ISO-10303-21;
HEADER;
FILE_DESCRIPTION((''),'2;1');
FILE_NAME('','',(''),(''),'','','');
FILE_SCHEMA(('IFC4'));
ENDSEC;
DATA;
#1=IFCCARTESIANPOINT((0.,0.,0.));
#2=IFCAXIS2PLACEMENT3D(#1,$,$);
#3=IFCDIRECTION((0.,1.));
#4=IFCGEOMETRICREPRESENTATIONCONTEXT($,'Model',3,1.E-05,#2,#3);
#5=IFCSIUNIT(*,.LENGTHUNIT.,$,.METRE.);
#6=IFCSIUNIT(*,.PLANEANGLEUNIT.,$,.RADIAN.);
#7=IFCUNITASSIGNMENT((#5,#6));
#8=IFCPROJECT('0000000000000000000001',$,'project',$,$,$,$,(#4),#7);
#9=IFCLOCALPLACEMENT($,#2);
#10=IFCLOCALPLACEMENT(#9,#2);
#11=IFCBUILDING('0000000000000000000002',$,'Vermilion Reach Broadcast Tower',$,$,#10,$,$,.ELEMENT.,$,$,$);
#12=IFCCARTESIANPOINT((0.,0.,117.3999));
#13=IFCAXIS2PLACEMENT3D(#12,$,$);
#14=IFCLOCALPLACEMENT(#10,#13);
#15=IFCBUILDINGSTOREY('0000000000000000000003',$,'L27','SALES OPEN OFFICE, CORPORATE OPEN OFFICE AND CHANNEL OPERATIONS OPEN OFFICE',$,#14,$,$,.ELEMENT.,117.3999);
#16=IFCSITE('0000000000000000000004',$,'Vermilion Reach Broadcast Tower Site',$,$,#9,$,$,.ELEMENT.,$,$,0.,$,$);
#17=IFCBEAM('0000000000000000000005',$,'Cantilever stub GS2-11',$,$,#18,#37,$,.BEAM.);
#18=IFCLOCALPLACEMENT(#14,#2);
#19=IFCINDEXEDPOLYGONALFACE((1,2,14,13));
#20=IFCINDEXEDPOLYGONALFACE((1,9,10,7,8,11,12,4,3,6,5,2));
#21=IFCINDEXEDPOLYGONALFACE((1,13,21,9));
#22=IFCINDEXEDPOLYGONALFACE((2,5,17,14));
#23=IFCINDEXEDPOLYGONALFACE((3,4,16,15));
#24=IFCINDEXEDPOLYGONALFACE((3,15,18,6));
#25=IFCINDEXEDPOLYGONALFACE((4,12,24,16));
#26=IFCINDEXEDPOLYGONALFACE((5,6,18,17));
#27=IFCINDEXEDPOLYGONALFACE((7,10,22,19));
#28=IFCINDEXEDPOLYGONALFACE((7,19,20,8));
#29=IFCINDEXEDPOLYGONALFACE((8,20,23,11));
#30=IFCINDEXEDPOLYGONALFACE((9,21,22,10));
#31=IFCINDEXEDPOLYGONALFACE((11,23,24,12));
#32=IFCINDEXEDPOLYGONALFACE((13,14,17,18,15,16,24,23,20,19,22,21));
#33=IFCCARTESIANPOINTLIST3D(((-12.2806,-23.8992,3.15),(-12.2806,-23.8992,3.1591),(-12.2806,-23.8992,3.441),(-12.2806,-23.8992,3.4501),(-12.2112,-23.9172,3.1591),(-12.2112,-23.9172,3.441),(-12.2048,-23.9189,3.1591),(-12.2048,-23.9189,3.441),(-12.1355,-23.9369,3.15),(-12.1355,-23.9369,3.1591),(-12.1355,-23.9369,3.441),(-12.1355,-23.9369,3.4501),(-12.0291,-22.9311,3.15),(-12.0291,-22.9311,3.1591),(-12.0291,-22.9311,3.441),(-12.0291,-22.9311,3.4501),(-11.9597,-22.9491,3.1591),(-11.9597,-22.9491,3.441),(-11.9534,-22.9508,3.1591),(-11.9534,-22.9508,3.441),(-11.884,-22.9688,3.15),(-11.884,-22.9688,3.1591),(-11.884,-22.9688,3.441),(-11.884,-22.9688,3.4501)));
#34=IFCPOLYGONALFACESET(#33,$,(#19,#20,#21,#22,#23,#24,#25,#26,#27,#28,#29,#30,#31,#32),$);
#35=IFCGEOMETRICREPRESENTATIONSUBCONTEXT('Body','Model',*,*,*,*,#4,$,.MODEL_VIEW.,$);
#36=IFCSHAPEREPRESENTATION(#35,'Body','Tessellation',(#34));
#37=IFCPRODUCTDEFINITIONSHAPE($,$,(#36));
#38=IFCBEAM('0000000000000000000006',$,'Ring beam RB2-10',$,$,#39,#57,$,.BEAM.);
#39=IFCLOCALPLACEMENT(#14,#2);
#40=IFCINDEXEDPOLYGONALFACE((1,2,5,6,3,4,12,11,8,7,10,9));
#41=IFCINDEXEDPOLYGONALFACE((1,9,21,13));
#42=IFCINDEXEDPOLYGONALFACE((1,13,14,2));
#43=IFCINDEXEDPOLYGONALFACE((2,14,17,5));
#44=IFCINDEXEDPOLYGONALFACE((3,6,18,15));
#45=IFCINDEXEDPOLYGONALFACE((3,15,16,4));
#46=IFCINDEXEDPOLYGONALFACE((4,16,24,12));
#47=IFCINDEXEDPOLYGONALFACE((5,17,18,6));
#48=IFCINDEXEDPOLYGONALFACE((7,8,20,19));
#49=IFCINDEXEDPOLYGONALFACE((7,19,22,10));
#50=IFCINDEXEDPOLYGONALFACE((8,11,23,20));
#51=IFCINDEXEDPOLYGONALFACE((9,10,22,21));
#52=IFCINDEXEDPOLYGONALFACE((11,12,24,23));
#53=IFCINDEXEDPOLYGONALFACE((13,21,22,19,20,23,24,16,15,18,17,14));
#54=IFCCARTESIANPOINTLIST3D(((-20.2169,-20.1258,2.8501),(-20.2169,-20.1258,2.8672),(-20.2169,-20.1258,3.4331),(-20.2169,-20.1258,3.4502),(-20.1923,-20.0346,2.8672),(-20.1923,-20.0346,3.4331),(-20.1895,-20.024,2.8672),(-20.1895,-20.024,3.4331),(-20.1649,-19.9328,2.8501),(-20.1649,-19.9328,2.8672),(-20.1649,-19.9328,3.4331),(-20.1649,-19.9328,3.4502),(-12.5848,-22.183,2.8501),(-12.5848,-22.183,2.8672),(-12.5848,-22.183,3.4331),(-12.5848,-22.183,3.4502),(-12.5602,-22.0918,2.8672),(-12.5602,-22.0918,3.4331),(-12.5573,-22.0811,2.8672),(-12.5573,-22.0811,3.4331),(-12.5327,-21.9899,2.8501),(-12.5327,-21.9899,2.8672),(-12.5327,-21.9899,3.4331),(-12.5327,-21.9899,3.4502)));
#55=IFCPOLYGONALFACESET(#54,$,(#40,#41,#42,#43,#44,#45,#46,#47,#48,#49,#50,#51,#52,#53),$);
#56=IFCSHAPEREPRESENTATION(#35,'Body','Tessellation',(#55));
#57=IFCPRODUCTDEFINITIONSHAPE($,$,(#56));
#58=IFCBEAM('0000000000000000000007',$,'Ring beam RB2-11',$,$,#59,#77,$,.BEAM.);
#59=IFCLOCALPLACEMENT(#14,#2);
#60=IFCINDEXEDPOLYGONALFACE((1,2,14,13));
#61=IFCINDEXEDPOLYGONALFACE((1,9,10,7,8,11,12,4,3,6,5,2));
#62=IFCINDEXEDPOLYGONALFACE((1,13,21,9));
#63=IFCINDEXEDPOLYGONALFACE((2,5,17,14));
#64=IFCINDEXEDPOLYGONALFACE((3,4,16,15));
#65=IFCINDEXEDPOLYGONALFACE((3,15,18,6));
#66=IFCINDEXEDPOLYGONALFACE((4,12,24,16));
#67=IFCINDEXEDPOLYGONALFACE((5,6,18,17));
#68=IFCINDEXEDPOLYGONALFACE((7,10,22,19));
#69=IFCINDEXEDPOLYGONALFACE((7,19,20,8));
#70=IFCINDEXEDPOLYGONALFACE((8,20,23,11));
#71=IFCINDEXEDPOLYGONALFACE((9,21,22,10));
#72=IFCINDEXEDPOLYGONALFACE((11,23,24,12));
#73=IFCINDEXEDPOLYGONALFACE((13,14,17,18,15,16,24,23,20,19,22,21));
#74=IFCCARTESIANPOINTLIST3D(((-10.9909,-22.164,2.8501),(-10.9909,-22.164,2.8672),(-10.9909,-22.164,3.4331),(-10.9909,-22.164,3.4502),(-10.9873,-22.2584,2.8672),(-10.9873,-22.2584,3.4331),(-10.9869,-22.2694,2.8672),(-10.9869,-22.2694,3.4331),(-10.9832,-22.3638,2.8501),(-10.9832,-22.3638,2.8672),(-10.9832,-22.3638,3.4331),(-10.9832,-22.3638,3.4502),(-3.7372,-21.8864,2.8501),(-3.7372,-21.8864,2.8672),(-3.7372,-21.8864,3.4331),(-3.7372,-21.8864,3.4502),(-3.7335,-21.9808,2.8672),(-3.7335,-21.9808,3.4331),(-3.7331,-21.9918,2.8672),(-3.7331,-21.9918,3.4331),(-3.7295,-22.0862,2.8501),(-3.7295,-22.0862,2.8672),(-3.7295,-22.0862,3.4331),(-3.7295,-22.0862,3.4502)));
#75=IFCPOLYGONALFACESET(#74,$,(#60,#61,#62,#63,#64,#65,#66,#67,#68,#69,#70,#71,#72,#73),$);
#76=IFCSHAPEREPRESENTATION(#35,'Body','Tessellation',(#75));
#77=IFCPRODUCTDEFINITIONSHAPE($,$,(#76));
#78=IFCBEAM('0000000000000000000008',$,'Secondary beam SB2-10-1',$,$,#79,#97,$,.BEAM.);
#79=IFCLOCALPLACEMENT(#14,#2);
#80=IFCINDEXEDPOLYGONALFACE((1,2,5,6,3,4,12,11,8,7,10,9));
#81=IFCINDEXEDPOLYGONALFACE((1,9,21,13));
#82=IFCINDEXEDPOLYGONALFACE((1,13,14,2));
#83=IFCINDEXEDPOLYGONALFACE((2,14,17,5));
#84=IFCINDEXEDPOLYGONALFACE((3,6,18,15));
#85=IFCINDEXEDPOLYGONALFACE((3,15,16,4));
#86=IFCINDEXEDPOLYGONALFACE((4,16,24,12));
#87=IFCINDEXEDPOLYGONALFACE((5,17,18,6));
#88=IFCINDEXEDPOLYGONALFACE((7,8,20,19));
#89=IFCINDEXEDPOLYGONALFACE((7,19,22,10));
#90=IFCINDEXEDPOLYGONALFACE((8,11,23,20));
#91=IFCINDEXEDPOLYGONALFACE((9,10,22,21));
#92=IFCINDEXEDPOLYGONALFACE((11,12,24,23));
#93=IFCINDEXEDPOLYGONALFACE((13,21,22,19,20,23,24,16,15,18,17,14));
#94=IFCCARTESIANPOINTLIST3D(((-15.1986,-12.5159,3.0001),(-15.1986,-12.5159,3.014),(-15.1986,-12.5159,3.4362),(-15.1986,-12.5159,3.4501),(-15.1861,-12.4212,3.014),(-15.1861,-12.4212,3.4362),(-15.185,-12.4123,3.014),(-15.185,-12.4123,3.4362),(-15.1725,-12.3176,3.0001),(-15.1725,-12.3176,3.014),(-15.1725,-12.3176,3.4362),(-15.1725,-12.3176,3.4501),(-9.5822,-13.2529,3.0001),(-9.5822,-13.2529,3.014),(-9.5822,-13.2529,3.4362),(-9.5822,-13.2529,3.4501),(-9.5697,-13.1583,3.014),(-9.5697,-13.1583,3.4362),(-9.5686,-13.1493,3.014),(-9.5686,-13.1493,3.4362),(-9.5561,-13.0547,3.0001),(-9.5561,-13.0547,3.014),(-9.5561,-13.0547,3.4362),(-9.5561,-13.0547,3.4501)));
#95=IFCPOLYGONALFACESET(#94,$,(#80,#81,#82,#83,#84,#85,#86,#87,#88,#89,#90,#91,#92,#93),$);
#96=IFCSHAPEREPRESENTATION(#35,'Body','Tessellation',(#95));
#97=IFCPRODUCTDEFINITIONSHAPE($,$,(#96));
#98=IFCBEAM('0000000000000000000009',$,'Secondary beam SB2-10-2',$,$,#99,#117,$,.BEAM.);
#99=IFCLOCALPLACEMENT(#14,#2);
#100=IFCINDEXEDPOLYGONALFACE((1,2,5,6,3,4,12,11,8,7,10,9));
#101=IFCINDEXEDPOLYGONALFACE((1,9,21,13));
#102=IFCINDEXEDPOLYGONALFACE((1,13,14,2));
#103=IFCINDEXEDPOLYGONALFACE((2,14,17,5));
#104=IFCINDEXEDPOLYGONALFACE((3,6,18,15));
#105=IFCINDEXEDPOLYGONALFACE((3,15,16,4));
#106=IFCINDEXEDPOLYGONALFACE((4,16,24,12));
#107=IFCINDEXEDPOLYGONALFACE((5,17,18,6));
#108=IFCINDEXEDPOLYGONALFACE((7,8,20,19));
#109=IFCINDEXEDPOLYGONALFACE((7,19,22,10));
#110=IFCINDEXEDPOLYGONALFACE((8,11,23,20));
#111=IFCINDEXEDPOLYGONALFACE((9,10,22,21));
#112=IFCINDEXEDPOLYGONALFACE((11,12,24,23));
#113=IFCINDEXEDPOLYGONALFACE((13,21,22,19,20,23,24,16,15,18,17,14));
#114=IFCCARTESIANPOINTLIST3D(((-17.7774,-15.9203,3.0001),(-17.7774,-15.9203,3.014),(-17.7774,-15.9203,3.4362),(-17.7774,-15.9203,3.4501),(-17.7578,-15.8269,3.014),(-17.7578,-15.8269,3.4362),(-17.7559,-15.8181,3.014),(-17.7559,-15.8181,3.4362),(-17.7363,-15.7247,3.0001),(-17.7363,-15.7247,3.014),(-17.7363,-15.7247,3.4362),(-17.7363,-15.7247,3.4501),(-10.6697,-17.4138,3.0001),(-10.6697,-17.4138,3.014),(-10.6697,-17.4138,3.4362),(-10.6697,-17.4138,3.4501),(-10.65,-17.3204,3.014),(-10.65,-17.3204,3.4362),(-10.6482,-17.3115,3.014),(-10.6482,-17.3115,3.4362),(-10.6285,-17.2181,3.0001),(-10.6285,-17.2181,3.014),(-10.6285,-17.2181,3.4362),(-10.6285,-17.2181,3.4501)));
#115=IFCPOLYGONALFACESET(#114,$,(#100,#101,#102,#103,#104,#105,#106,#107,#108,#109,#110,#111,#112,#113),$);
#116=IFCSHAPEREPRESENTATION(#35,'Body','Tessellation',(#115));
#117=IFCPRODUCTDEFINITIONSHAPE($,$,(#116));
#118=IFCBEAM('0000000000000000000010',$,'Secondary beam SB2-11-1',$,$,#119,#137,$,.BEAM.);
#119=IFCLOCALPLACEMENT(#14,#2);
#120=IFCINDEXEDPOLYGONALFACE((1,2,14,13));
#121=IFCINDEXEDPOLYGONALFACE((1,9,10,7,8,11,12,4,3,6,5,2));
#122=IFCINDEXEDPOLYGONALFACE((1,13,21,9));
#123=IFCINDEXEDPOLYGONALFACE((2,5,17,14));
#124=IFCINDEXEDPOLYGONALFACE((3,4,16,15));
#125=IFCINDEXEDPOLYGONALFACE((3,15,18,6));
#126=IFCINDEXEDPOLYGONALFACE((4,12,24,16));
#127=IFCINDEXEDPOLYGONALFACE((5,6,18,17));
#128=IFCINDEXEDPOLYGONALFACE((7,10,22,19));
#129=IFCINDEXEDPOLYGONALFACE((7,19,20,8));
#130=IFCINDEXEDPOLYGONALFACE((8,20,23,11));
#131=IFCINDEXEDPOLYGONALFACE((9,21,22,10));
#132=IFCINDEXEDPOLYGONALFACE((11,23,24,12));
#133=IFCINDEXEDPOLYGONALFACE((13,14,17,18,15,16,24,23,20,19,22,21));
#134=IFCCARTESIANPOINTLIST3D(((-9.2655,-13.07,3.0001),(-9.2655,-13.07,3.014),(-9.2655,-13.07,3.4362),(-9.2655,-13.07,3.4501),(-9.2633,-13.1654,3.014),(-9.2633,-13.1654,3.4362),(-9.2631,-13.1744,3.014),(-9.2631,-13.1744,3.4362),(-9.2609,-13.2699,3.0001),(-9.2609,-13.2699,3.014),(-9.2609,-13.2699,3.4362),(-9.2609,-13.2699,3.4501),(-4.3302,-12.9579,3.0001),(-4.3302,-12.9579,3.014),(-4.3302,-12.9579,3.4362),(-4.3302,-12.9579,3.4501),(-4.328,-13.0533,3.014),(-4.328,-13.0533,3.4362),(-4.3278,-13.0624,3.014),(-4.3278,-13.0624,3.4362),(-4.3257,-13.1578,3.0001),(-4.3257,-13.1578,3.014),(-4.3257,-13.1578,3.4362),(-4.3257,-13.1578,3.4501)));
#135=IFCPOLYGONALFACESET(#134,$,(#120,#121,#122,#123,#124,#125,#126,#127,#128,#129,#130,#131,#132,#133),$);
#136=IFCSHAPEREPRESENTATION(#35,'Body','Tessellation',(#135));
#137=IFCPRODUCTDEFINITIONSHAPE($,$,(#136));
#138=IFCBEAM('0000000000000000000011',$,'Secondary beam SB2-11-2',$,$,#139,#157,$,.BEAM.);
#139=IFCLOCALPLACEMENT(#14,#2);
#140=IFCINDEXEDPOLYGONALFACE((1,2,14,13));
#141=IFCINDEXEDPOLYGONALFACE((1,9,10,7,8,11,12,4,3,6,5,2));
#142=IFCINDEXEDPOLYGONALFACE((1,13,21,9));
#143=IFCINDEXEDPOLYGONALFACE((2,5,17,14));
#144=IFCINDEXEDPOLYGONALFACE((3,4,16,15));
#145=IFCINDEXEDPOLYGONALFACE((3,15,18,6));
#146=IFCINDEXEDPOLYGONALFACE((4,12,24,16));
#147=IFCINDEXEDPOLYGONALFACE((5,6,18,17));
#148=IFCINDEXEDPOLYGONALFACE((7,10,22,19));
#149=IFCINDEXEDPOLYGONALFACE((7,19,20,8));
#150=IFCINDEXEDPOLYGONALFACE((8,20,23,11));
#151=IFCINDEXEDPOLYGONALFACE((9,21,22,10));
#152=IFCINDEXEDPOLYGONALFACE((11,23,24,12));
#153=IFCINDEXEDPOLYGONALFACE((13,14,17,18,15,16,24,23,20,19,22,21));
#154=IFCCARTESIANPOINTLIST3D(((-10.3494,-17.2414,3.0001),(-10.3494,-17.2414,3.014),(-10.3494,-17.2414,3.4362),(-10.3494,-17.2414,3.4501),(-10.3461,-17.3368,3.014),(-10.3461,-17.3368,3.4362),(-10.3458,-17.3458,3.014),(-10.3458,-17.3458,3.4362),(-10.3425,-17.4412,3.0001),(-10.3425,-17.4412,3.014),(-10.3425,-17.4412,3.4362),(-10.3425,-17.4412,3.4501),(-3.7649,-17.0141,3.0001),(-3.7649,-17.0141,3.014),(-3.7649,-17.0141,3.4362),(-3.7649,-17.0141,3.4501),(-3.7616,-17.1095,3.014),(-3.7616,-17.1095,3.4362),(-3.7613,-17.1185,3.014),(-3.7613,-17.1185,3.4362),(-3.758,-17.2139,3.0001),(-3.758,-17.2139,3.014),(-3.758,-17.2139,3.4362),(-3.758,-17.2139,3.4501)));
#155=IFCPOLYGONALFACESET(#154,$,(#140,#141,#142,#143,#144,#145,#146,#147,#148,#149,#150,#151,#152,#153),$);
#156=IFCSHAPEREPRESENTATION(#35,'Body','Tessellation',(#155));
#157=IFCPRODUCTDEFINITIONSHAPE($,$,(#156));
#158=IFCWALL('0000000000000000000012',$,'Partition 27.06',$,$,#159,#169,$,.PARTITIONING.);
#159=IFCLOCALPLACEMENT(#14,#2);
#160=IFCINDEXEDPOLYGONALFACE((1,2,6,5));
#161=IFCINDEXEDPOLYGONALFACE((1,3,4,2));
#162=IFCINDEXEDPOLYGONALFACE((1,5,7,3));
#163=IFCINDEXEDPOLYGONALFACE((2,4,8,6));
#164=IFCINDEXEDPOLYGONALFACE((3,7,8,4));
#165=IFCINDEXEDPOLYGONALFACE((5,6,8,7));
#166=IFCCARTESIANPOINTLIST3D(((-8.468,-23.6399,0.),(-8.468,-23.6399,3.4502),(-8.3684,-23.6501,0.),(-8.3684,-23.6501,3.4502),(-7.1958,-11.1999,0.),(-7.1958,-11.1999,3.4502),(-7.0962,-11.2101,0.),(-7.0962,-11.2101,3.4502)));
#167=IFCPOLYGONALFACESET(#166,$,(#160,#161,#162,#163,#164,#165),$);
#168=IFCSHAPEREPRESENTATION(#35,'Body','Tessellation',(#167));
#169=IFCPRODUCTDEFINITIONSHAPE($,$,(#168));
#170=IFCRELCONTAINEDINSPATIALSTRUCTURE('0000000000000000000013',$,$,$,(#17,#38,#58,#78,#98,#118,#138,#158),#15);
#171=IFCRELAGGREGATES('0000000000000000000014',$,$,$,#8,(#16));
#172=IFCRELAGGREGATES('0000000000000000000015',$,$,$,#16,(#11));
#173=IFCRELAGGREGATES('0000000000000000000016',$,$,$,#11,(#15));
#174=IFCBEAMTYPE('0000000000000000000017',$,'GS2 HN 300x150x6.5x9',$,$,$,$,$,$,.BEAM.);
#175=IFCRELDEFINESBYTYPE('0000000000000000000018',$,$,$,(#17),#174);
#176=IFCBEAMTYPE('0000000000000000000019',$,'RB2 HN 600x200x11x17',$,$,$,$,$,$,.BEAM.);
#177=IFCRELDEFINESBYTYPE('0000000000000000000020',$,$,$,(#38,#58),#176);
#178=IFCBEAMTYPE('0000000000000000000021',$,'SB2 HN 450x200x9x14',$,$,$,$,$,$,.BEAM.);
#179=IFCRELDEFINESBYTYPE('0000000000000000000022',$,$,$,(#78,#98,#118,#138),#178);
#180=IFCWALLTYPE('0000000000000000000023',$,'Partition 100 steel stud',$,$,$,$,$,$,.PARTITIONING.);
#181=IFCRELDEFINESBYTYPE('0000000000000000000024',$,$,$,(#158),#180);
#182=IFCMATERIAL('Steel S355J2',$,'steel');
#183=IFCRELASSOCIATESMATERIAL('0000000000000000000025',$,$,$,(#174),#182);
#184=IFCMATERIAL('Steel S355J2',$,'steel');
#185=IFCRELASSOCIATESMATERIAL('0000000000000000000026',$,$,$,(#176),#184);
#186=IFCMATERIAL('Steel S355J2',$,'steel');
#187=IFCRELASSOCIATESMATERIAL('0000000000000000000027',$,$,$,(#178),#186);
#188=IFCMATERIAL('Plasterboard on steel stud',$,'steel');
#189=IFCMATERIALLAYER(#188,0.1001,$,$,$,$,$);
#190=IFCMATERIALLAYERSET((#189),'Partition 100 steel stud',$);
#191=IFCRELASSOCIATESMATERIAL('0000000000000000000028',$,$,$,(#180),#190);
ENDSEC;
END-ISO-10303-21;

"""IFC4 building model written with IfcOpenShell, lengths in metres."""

from ifc_helpers import new_model, si_unit, direction, frame, frame_2d, origin, origin_2d, place, context, subcontext, project, spatial, rectangle, i_section, extrude, material, layer, layer_set, material_profile, profile_set, type_object, element, save


model = new_model("IFC4")

# Units and contexts
model_context = context("Model", 3, precision=1e-05, world=origin(), true_north=direction((0.0, 1.0)))
body_context = subcontext(model_context, "Body", "Model", "MODEL_VIEW")
ifc_project = project(units=[si_unit("LENGTHUNIT", "METRE"), si_unit("PLANEANGLEUNIT", "RADIAN")], contexts=[model_context])

# Site, building, storey
site_placement = place(None, origin())
site = spatial("IfcSite", under=ifc_project, at=site_placement, Name="Vermilion Reach Broadcast Tower Site", CompositionType="ELEMENT", RefElevation=0.0)
building_placement = place(site_placement, origin())
building = spatial("IfcBuilding", under=site, at=building_placement, Name="Vermilion Reach Broadcast Tower", CompositionType="ELEMENT")
storey_placement = place(building_placement, frame((0.0, 0.0, 117.3999)))
storey = spatial("IfcBuildingStorey", under=building, at=storey_placement, Name="L27", Description="SALES OPEN OFFICE, CORPORATE OPEN OFFICE AND CHANNEL OPERATIONS OPEN OFFICE", CompositionType="ELEMENT", Elevation=117.3999)

# Beams
ifc_material_1 = material(Name="Steel S355J2", Category="steel")
ifc_material_profile_1 = material_profile(ifc_material_1, i_section(OverallWidth=0.1499, OverallDepth=0.3, WebThickness=0.0066, FlangeThickness=0.009, at=origin_2d()), Name="S355J2 HN 300x150x6.5x9")
ifc_profile_set_1 = profile_set([ifc_material_profile_1], Name="Steel S355J2")
beam_type_1 = type_object("IfcBeamType", Name="GS2 HN 300x150x6.5x9", PredefinedType="BEAM", material=ifc_profile_set_1)
beam_1_placement = place(storey_placement, frame((-11.9565, -22.95, 3.3), z_axis=(-0.251428, -0.967876, 0.0), x_axis=(0.967876, -0.251428, 0.0)))
element("IfcBeam", 1, at=beam_1_placement, inside=storey, type_object=beam_type_1, Name="Cantilever stub GS2-11", PredefinedType="BEAM", context=body_context, shape_type="SweptSolid", body=[
    extrude(i_section(OverallWidth=0.1499, OverallDepth=0.3, WebThickness=0.0066, FlangeThickness=0.009, at=origin_2d()), origin(), (0.0, 0.0, 1.0), 1.0002),
])
ifc_material_2 = material(Name="Steel S355J2", Category="steel")
ifc_material_profile_2 = material_profile(ifc_material_2, i_section(OverallWidth=0.2, OverallDepth=0.6001, WebThickness=0.011, FlangeThickness=0.0171, at=origin_2d()), Name="S355J2 HN 600x200x11x17")
ifc_profile_set_2 = profile_set([ifc_material_profile_2], Name="Steel S355J2")
beam_type_2 = type_object("IfcBeamType", Name="RB2 HN 600x200x11x17", PredefinedType="BEAM", material=ifc_profile_set_2)
beam_2_placement = place(storey_placement, frame((-20.1909, -20.0293, 3.1501), z_axis=(0.965541, -0.260249, 0.0), x_axis=(0.260249, 0.965541, 0.0)))
element("IfcBeam", 2, at=beam_2_placement, inside=storey, type_object=beam_type_2, Name="Ring beam RB2-10", PredefinedType="BEAM", context=body_context, shape_type="SweptSolid", body=[
    extrude(i_section(OverallWidth=0.2, OverallDepth=0.6001, WebThickness=0.011, FlangeThickness=0.0171, at=origin_2d()), origin(), (0.0, 0.0, 1.0), 7.9045),
])
beam_3_placement = place(storey_placement, frame((-10.9871, -22.2639, 3.1501), z_axis=(0.999269, 0.038241, 0.0), x_axis=(-0.038241, 0.999269, 0.0)))
element("IfcBeam", 3, at=beam_3_placement, inside=storey, type_object=beam_type_2, Name="Ring beam RB2-11", PredefinedType="BEAM", context=body_context, shape_type="SweptSolid", body=[
    extrude(i_section(OverallWidth=0.2, OverallDepth=0.6001, WebThickness=0.011, FlangeThickness=0.0171, at=origin_2d()), origin(), (0.0, 0.0, 1.0), 7.259),
])
ifc_material_3 = material(Name="Steel S355J2", Category="steel")
ifc_material_profile_3 = material_profile(ifc_material_3, i_section(OverallWidth=0.2, OverallDepth=0.45, WebThickness=0.009, FlangeThickness=0.0139, at=origin_2d()), Name="S355J2 HN 450x200x9x14")
ifc_profile_set_3 = profile_set([ifc_material_profile_3], Name="Steel S355J2")
beam_type_3 = type_object("IfcBeamType", Name="SB2 HN 450x200x9x14", PredefinedType="BEAM", material=ifc_profile_set_3)
beam_4_placement = place(storey_placement, frame((-15.1855, -12.4167, 3.2251), z_axis=(0.991499, -0.130117, 0.0), x_axis=(0.130117, 0.991499, 0.0)))
element("IfcBeam", 4, at=beam_4_placement, inside=storey, type_object=beam_type_3, Name="Secondary beam SB2-10-1", PredefinedType="BEAM", context=body_context, shape_type="SweptSolid", body=[
    extrude(i_section(OverallWidth=0.2, OverallDepth=0.45, WebThickness=0.009, FlangeThickness=0.0139, at=origin_2d()), origin(), (0.0, 0.0, 1.0), 5.6646),
])
beam_5_placement = place(storey_placement, frame((-17.7568, -15.8225, 3.2251), z_axis=(0.978631, -0.205623, 0.0), x_axis=(0.205623, 0.978631, 0.0)))
element("IfcBeam", 5, at=beam_5_placement, inside=storey, type_object=beam_type_3, Name="Secondary beam SB2-10-2", PredefinedType="BEAM", context=body_context, shape_type="SweptSolid", body=[
    extrude(i_section(OverallWidth=0.2, OverallDepth=0.45, WebThickness=0.009, FlangeThickness=0.0139, at=origin_2d()), origin(), (0.0, 0.0, 1.0), 7.2629),
])
beam_6_placement = place(storey_placement, frame((-9.2632, -13.1699, 3.2251), z_axis=(0.999742, 0.0227, 0.0), x_axis=(-0.0227, 0.999742, 0.0)))
element("IfcBeam", 6, at=beam_6_placement, inside=storey, type_object=beam_type_3, Name="Secondary beam SB2-11-1", PredefinedType="BEAM", context=body_context, shape_type="SweptSolid", body=[
    extrude(i_section(OverallWidth=0.2, OverallDepth=0.45, WebThickness=0.009, FlangeThickness=0.0139, at=origin_2d()), origin(), (0.0, 0.0, 1.0), 4.9365),
])
beam_7_placement = place(storey_placement, frame((-10.3459, -17.3413, 3.2251), z_axis=(0.999405, 0.034499, 0.0), x_axis=(-0.034499, 0.999405, 0.0)))
element("IfcBeam", 7, at=beam_7_placement, inside=storey, type_object=beam_type_3, Name="Secondary beam SB2-11-2", PredefinedType="BEAM", context=body_context, shape_type="SweptSolid", body=[
    extrude(i_section(OverallWidth=0.2, OverallDepth=0.45, WebThickness=0.009, FlangeThickness=0.0139, at=origin_2d()), origin(), (0.0, 0.0, 1.0), 6.5884),
])

# Wall
ifc_material_4 = material(Name="Plasterboard on steel stud", Category="steel")
ifc_layer_1 = layer(ifc_material_4, 0.1001)
ifc_layer_set_1 = layer_set([ifc_layer_1], Name="Partition 100 steel stud")
wall_type_1 = type_object("IfcWallType", Name="Partition 100 steel stud", PredefinedType="PARTITIONING", material=ifc_layer_set_1)
wall_1_placement = place(storey_placement, frame((-8.4182, -23.645, 0.0), z_axis=(0.0, 0.0, 1.0), x_axis=(0.101738, 0.994811, 0.0)))
element("IfcWall", 8, at=wall_1_placement, inside=storey, type_object=wall_type_1, Name="Partition 27.06", PredefinedType="PARTITIONING", context=body_context, shape_type="SweptSolid", body=[
    extrude(rectangle(XDim=12.5049, YDim=0.1001, at=frame_2d((6.2524, 0.0))), origin(), (0.0, 0.0, 1.0), 3.4502),
])

save(model, "model.ifc")
